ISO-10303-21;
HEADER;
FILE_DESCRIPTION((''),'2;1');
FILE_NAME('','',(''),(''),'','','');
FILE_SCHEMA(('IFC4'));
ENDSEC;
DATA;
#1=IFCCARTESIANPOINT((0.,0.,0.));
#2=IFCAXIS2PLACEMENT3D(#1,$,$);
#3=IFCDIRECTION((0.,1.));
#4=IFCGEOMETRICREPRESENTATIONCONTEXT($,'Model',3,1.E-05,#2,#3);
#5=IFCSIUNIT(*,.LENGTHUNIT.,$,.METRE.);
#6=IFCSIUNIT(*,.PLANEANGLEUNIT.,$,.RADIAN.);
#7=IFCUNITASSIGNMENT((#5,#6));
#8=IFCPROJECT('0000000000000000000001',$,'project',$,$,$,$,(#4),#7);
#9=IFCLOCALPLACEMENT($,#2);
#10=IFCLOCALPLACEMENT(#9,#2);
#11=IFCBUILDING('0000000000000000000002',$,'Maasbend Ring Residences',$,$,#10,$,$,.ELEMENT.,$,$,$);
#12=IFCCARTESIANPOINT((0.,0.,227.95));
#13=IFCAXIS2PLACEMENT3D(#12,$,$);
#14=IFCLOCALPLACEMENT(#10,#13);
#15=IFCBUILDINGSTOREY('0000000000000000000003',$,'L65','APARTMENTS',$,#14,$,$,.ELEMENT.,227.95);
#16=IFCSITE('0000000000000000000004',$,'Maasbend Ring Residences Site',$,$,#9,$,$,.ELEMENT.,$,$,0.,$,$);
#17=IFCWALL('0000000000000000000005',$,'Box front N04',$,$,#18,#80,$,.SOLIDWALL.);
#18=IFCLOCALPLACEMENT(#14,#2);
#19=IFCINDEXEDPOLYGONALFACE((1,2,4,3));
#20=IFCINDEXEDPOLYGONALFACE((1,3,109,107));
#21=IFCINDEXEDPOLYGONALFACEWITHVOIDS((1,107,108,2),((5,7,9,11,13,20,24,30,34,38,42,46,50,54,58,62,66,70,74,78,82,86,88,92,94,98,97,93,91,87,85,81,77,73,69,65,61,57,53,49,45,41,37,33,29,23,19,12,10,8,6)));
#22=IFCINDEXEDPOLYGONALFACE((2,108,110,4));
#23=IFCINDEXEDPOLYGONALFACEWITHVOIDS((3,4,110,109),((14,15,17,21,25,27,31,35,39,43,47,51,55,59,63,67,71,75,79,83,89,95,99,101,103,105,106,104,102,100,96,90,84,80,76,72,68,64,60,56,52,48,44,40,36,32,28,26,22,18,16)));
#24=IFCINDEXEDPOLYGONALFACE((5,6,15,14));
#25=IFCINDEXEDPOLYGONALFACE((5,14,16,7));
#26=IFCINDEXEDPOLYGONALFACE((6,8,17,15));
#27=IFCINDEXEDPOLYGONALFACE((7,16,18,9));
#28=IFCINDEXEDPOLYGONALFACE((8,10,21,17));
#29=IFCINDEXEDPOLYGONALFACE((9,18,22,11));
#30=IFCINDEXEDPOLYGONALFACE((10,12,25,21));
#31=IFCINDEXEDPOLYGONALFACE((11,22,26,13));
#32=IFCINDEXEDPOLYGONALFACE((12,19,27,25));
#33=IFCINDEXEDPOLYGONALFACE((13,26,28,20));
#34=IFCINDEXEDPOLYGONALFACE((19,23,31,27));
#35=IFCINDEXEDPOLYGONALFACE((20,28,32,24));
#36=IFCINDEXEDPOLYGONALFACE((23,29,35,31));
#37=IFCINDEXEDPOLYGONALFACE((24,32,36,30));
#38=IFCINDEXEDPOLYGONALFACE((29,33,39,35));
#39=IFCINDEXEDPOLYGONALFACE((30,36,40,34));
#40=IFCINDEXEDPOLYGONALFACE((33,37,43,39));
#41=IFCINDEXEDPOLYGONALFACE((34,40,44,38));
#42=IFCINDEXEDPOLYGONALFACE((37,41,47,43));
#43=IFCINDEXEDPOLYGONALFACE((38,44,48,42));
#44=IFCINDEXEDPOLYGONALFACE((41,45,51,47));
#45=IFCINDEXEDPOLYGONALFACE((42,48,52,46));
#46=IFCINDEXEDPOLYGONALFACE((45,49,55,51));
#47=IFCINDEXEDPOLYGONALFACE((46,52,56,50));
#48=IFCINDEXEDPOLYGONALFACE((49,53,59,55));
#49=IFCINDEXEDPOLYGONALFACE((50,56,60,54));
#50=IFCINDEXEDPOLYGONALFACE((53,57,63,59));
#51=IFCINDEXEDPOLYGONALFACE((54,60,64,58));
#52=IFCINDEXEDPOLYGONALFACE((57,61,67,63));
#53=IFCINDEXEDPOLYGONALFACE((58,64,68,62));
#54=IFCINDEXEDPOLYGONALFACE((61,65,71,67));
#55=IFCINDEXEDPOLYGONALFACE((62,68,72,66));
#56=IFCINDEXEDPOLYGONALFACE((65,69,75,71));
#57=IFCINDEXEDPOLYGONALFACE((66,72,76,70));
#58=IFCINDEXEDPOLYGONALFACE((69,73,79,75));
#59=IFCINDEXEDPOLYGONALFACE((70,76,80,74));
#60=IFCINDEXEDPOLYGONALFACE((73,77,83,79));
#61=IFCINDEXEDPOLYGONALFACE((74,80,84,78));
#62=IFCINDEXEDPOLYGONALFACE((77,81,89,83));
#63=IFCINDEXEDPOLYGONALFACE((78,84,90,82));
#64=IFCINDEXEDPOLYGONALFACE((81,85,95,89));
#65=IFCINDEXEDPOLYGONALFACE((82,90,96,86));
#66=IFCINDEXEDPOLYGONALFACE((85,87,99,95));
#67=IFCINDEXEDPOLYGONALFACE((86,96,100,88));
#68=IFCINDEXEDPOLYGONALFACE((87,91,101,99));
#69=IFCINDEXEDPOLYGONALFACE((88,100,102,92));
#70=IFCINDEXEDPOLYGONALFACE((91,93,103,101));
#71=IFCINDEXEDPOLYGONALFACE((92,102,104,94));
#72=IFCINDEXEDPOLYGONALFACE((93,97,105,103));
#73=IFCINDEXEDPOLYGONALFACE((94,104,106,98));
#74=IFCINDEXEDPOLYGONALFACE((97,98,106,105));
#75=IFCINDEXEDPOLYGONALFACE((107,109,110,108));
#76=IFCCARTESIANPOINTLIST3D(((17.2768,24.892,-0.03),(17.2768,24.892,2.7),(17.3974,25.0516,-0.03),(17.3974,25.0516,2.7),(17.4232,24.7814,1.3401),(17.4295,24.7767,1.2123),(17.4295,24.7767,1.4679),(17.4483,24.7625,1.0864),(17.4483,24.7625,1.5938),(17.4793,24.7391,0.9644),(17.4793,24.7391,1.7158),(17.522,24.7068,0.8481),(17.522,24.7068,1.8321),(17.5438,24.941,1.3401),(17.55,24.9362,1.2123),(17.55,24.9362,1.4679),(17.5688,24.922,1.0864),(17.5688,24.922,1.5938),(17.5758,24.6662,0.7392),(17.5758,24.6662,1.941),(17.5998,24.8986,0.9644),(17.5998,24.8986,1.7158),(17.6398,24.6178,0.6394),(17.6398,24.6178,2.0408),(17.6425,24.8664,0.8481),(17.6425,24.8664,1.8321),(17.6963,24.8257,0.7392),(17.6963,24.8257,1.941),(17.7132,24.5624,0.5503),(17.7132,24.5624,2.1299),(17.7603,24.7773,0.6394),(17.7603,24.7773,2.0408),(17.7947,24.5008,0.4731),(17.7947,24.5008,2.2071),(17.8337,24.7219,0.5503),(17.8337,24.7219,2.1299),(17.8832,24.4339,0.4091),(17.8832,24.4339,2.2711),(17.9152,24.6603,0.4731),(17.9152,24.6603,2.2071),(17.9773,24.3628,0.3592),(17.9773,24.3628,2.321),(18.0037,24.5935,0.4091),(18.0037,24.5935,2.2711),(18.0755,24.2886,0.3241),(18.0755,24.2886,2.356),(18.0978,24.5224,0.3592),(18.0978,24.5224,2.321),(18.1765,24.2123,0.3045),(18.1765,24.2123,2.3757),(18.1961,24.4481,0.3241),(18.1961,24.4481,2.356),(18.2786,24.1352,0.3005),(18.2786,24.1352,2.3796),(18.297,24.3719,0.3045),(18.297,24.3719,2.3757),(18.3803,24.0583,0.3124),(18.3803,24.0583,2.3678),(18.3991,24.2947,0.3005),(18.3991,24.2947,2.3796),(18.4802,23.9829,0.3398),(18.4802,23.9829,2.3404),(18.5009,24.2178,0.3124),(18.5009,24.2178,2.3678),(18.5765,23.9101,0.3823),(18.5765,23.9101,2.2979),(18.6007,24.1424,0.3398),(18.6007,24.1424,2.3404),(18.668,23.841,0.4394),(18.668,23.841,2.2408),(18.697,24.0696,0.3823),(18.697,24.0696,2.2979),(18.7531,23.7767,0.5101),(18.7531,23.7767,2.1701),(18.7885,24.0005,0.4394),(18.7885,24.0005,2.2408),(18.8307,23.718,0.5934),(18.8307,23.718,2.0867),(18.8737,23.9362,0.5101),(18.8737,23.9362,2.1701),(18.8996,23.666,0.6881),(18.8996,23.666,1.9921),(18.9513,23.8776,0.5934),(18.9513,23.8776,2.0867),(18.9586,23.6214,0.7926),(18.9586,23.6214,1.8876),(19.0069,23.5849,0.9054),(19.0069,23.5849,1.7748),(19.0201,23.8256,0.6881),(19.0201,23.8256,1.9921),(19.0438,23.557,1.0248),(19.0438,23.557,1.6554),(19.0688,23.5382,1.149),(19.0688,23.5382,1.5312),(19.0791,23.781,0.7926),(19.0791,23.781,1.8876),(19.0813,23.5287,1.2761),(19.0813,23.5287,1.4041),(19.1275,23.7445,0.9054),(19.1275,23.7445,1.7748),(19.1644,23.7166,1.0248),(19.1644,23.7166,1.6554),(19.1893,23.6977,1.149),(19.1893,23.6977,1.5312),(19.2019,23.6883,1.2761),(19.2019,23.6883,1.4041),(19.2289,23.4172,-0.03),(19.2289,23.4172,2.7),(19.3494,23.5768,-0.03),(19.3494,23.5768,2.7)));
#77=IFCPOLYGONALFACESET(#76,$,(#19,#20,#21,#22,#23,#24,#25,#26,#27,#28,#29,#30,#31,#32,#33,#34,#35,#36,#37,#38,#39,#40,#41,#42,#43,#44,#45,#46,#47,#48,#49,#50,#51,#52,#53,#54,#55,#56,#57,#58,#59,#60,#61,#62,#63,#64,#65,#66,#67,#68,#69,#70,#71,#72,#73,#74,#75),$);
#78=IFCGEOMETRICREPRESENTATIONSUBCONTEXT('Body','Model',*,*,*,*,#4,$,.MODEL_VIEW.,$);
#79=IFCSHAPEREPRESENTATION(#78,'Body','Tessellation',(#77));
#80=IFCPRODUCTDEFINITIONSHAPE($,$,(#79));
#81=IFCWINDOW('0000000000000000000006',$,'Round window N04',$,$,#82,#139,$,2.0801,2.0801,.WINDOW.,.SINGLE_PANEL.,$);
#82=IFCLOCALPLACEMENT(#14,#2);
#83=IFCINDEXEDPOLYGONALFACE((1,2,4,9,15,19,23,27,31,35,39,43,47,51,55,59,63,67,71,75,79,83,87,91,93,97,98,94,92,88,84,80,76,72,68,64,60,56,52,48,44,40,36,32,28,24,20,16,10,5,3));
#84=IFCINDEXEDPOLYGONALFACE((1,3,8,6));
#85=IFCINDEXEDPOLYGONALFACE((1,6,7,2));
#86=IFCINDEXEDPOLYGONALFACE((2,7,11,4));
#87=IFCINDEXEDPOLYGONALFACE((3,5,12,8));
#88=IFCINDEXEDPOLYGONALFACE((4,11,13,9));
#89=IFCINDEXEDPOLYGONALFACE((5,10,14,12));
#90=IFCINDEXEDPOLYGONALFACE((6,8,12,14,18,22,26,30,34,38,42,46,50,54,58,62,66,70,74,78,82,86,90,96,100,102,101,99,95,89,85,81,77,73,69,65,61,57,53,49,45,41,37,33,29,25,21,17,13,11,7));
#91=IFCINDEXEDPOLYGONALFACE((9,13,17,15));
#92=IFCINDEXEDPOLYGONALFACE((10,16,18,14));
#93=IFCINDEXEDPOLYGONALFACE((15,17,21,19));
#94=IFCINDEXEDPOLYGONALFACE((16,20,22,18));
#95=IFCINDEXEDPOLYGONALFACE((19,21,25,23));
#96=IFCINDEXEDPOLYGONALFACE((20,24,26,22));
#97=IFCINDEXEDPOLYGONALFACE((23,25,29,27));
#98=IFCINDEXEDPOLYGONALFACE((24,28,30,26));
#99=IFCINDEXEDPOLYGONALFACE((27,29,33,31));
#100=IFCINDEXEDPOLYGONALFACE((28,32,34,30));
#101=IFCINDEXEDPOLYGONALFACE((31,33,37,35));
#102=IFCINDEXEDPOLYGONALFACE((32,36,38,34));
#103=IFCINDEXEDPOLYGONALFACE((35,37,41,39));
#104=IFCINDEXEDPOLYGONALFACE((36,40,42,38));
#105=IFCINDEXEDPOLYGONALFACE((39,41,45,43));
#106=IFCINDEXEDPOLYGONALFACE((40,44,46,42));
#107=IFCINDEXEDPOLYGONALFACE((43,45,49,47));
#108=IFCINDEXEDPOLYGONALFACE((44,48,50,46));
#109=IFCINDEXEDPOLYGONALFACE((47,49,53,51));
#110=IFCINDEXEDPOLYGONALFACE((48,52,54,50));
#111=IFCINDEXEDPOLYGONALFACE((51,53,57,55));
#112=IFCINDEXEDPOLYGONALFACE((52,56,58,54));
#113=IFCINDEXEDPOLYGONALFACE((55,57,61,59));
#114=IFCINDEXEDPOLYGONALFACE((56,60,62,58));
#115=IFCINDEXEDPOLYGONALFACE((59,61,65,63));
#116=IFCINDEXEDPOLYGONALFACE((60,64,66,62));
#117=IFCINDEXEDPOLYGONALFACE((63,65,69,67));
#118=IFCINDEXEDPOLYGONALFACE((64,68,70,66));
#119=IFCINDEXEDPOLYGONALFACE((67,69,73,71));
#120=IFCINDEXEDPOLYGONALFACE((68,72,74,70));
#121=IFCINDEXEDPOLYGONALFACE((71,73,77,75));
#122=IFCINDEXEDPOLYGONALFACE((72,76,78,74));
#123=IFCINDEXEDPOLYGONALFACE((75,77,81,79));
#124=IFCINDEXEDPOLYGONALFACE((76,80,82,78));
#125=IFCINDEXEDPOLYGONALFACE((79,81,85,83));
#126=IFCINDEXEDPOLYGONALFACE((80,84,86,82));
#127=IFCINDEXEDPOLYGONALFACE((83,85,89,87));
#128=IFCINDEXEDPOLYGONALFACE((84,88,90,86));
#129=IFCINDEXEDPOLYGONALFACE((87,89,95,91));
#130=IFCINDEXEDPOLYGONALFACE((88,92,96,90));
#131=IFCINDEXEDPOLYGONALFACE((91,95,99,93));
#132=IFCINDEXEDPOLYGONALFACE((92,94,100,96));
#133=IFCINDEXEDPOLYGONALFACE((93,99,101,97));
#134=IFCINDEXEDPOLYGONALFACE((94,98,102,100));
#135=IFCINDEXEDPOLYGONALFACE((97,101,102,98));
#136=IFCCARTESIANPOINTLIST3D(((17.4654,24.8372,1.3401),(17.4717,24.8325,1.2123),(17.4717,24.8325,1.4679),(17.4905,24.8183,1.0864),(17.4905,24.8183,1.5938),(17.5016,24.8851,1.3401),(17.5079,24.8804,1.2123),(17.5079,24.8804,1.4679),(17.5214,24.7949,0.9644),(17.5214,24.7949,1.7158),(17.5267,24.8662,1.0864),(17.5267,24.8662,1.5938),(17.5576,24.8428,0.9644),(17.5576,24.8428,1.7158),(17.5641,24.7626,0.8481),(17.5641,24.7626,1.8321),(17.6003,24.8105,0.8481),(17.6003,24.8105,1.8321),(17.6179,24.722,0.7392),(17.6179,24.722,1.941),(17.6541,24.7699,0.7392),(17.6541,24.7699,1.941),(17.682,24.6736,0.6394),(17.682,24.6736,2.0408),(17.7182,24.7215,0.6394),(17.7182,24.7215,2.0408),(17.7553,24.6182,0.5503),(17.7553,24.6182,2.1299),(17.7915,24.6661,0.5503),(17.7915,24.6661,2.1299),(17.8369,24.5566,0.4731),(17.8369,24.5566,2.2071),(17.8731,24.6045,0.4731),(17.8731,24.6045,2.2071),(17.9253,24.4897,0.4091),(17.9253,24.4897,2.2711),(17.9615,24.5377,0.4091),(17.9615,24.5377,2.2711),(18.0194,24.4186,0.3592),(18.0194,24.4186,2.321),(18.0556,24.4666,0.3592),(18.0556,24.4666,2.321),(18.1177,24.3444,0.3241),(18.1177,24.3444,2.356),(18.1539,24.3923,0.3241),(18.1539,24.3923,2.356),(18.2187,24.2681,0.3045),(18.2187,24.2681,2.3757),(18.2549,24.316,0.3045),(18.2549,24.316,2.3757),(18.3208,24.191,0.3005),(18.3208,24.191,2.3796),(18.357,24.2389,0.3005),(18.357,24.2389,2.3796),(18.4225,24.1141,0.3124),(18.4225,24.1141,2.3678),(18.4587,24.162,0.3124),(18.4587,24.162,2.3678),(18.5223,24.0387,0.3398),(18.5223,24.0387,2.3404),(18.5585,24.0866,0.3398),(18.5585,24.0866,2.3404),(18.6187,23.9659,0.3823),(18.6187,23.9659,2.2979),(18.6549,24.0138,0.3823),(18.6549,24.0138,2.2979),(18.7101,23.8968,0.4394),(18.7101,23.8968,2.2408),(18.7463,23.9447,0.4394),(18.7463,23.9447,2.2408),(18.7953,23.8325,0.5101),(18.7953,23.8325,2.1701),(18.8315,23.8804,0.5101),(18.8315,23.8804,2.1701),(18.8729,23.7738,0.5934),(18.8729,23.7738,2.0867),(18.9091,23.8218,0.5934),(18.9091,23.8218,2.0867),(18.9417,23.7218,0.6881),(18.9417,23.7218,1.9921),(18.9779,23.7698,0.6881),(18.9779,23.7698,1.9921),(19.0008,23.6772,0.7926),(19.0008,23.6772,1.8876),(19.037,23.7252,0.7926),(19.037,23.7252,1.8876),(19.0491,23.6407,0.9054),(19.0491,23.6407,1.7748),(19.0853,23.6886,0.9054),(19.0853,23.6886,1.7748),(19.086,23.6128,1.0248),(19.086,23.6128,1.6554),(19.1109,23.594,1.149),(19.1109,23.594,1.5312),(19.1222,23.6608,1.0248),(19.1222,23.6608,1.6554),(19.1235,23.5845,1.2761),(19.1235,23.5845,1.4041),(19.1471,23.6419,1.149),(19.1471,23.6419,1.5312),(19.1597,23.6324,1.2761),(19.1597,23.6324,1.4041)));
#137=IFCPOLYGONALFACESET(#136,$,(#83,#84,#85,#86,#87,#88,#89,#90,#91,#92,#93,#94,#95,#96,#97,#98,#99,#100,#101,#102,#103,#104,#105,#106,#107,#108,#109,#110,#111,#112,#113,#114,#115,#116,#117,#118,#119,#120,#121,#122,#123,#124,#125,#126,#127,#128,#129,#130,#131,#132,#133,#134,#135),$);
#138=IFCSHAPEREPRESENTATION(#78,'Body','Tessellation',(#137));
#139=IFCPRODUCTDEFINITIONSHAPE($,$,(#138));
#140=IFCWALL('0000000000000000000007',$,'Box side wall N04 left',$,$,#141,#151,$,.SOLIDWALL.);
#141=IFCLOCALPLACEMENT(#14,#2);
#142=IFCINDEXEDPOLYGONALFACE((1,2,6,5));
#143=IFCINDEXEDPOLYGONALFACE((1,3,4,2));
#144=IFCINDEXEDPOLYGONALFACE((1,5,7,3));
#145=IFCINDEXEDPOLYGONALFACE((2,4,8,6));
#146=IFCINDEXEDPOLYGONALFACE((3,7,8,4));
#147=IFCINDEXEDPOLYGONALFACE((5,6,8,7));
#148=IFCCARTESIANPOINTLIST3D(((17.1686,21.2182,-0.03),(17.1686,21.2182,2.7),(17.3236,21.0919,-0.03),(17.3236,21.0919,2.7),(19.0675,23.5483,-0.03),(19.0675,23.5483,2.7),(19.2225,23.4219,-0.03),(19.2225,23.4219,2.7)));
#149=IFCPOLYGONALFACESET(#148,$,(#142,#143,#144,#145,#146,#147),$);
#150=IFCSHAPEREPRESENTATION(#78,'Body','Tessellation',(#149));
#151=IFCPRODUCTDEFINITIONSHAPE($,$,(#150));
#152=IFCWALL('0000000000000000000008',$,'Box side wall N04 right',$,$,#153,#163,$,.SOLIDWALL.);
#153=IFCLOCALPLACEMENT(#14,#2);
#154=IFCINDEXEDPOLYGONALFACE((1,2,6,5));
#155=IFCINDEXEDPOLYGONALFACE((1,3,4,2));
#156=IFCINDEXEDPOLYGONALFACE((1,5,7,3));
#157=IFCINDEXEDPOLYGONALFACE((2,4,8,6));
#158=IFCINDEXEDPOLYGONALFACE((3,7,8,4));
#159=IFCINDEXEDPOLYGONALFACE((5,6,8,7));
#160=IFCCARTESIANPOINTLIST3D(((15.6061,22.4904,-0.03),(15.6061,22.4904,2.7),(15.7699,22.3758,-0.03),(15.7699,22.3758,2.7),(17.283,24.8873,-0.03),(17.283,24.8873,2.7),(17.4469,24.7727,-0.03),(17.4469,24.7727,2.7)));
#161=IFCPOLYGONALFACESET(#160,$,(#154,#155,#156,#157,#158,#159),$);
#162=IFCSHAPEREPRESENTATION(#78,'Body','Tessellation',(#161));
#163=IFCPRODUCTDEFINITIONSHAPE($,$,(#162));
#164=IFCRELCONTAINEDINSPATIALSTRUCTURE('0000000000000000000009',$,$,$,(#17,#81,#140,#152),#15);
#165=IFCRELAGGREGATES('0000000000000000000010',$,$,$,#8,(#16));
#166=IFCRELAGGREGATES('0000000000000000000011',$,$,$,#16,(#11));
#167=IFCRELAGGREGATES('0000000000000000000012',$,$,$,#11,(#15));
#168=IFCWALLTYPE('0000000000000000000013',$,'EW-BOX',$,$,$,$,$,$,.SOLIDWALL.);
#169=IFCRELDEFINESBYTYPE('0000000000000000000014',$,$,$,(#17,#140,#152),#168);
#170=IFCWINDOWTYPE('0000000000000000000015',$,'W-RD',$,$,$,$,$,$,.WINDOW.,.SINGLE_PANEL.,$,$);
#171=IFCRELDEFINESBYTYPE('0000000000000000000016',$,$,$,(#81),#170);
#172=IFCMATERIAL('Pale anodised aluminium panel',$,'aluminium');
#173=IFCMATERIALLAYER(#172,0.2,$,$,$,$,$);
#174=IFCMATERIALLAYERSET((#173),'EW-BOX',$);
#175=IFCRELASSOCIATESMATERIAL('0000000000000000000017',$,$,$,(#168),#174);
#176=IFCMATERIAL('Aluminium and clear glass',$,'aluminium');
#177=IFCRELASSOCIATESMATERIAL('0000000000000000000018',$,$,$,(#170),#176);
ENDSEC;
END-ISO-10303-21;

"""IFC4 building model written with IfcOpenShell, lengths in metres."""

from ifc_helpers import new_model, si_unit, direction, frame, frame_2d, origin, place, context, subcontext, project, spatial, rectangle, circle, extrude, material, layer, layer_set, type_object, element, fill, save


model = new_model("IFC4")

# Units and contexts
model_context = context("Model", 3, precision=1e-05, world=origin(), true_north=direction((0.0, 1.0)))
body_context = subcontext(model_context, "Body", "Model", "MODEL_VIEW")
ifc_project = project(units=[si_unit("LENGTHUNIT", "METRE"), si_unit("PLANEANGLEUNIT", "RADIAN")], contexts=[model_context])

# Site, building, storey
site_placement = place(None, origin())
site = spatial("IfcSite", under=ifc_project, at=site_placement, Name="Maasbend Ring Residences Site", CompositionType="ELEMENT", RefElevation=0.0)
building_placement = place(site_placement, origin())
building = spatial("IfcBuilding", under=site, at=building_placement, Name="Maasbend Ring Residences", CompositionType="ELEMENT")
storey_placement = place(building_placement, frame((0.0, 0.0, 227.95)))
storey = spatial("IfcBuildingStorey", under=building, at=storey_placement, Name="L65", Description="APARTMENTS", CompositionType="ELEMENT", Elevation=227.95)

# Shared definitions
ifc_material_1 = material(Name="Pale anodised aluminium panel", Category="aluminium")
ifc_layer_1 = layer(ifc_material_1, 0.2)
ifc_layer_set_1 = layer_set([ifc_layer_1], Name="EW-BOX")
wall_type_1 = type_object("IfcWallType", Name="EW-BOX", PredefinedType="SOLIDWALL", material=ifc_layer_set_1)
ifc_material_2 = material(Name="Aluminium and clear glass", Category="aluminium")
window_type_1 = type_object("IfcWindowType", Name="W-RD", PartitioningType="SINGLE_PANEL", PredefinedType="WINDOW", material=ifc_material_2)

# Wall, opening, window
wall_1_placement = place(storey_placement, frame((19.2891, 23.4971, -0.03), z_axis=(0.0, 0.0, 1.0), x_axis=(-0.797888, 0.602806, 0.0)))
wall_1 = element("IfcWall", 1, at=wall_1_placement, inside=storey, type_object=wall_type_1, Name="Box front N04", PredefinedType="SOLIDWALL", context=body_context, shape_type="SweptSolid", body=[
    extrude(rectangle(XDim=2.4465, YDim=0.2, at=frame_2d((1.2231, 0.0))), origin(), (0.0, 0.0, 1.0), 2.73),
])
opening_1_placement = place(wall_1_placement, frame((0.1829, 0.0, 0.3301)))
opening_1 = element("IfcOpeningElement", 2, at=opening_1_placement, cuts=wall_1, PredefinedType="OPENING", context=body_context, shape_type="SweptSolid", body=[
    extrude(circle(Radius=1.04, at=frame_2d((1.04, 1.04))), frame((0.0, 0.1099, 0.0), z_axis=(0.0, -1.0, 0.0), x_axis=(1.0, 0.0, 0.0)), (0.0, 0.0, 1.0), 0.22),
])
window_1_placement = place(opening_1_placement, origin())
window_1 = element("IfcWindow", 3, at=window_1_placement, inside=storey, type_object=window_type_1, Name="Round window N04", OverallHeight=2.0801, OverallWidth=2.0801, PartitioningType="SINGLE_PANEL", PredefinedType="WINDOW", context=body_context, shape_type="SweptSolid", body=[
    extrude(circle(Radius=1.04, at=frame_2d((1.04, 1.04))), frame((0.0, 0.03, 0.0), z_axis=(0.0, -1.0, 0.0), x_axis=(1.0, 0.0, 0.0)), (0.0, 0.0, 1.0), 0.0601),
])
fill(opening_1, window_1)

# Walls
wall_2_placement = place(storey_placement, frame((17.2461, 21.155, -0.03), z_axis=(0.0, 0.0, 1.0), x_axis=(0.631742, 0.775179, 0.0)))
element("IfcWall", 4, at=wall_2_placement, inside=storey, type_object=wall_type_1, Name="Box side wall N04 left", PredefinedType="SOLIDWALL", context=body_context, shape_type="SweptSolid", body=[
    extrude(rectangle(XDim=3.0059, YDim=0.2, at=frame_2d((1.5029, 0.0))), origin(), (0.0, 0.0, 1.0), 2.73),
])
wall_3_placement = place(storey_placement, frame((15.688, 22.4331, -0.03), z_axis=(0.0, 0.0, 1.0), x_axis=(0.573261, 0.819373, 0.0)))
element("IfcWall", 5, at=wall_3_placement, inside=storey, type_object=wall_type_1, Name="Box side wall N04 right", PredefinedType="SOLIDWALL", context=body_context, shape_type="SweptSolid", body=[
    extrude(rectangle(XDim=2.9253, YDim=0.2, at=frame_2d((1.4626, 0.0))), origin(), (0.0, 0.0, 1.0), 2.73),
])

save(model, "model.ifc")
